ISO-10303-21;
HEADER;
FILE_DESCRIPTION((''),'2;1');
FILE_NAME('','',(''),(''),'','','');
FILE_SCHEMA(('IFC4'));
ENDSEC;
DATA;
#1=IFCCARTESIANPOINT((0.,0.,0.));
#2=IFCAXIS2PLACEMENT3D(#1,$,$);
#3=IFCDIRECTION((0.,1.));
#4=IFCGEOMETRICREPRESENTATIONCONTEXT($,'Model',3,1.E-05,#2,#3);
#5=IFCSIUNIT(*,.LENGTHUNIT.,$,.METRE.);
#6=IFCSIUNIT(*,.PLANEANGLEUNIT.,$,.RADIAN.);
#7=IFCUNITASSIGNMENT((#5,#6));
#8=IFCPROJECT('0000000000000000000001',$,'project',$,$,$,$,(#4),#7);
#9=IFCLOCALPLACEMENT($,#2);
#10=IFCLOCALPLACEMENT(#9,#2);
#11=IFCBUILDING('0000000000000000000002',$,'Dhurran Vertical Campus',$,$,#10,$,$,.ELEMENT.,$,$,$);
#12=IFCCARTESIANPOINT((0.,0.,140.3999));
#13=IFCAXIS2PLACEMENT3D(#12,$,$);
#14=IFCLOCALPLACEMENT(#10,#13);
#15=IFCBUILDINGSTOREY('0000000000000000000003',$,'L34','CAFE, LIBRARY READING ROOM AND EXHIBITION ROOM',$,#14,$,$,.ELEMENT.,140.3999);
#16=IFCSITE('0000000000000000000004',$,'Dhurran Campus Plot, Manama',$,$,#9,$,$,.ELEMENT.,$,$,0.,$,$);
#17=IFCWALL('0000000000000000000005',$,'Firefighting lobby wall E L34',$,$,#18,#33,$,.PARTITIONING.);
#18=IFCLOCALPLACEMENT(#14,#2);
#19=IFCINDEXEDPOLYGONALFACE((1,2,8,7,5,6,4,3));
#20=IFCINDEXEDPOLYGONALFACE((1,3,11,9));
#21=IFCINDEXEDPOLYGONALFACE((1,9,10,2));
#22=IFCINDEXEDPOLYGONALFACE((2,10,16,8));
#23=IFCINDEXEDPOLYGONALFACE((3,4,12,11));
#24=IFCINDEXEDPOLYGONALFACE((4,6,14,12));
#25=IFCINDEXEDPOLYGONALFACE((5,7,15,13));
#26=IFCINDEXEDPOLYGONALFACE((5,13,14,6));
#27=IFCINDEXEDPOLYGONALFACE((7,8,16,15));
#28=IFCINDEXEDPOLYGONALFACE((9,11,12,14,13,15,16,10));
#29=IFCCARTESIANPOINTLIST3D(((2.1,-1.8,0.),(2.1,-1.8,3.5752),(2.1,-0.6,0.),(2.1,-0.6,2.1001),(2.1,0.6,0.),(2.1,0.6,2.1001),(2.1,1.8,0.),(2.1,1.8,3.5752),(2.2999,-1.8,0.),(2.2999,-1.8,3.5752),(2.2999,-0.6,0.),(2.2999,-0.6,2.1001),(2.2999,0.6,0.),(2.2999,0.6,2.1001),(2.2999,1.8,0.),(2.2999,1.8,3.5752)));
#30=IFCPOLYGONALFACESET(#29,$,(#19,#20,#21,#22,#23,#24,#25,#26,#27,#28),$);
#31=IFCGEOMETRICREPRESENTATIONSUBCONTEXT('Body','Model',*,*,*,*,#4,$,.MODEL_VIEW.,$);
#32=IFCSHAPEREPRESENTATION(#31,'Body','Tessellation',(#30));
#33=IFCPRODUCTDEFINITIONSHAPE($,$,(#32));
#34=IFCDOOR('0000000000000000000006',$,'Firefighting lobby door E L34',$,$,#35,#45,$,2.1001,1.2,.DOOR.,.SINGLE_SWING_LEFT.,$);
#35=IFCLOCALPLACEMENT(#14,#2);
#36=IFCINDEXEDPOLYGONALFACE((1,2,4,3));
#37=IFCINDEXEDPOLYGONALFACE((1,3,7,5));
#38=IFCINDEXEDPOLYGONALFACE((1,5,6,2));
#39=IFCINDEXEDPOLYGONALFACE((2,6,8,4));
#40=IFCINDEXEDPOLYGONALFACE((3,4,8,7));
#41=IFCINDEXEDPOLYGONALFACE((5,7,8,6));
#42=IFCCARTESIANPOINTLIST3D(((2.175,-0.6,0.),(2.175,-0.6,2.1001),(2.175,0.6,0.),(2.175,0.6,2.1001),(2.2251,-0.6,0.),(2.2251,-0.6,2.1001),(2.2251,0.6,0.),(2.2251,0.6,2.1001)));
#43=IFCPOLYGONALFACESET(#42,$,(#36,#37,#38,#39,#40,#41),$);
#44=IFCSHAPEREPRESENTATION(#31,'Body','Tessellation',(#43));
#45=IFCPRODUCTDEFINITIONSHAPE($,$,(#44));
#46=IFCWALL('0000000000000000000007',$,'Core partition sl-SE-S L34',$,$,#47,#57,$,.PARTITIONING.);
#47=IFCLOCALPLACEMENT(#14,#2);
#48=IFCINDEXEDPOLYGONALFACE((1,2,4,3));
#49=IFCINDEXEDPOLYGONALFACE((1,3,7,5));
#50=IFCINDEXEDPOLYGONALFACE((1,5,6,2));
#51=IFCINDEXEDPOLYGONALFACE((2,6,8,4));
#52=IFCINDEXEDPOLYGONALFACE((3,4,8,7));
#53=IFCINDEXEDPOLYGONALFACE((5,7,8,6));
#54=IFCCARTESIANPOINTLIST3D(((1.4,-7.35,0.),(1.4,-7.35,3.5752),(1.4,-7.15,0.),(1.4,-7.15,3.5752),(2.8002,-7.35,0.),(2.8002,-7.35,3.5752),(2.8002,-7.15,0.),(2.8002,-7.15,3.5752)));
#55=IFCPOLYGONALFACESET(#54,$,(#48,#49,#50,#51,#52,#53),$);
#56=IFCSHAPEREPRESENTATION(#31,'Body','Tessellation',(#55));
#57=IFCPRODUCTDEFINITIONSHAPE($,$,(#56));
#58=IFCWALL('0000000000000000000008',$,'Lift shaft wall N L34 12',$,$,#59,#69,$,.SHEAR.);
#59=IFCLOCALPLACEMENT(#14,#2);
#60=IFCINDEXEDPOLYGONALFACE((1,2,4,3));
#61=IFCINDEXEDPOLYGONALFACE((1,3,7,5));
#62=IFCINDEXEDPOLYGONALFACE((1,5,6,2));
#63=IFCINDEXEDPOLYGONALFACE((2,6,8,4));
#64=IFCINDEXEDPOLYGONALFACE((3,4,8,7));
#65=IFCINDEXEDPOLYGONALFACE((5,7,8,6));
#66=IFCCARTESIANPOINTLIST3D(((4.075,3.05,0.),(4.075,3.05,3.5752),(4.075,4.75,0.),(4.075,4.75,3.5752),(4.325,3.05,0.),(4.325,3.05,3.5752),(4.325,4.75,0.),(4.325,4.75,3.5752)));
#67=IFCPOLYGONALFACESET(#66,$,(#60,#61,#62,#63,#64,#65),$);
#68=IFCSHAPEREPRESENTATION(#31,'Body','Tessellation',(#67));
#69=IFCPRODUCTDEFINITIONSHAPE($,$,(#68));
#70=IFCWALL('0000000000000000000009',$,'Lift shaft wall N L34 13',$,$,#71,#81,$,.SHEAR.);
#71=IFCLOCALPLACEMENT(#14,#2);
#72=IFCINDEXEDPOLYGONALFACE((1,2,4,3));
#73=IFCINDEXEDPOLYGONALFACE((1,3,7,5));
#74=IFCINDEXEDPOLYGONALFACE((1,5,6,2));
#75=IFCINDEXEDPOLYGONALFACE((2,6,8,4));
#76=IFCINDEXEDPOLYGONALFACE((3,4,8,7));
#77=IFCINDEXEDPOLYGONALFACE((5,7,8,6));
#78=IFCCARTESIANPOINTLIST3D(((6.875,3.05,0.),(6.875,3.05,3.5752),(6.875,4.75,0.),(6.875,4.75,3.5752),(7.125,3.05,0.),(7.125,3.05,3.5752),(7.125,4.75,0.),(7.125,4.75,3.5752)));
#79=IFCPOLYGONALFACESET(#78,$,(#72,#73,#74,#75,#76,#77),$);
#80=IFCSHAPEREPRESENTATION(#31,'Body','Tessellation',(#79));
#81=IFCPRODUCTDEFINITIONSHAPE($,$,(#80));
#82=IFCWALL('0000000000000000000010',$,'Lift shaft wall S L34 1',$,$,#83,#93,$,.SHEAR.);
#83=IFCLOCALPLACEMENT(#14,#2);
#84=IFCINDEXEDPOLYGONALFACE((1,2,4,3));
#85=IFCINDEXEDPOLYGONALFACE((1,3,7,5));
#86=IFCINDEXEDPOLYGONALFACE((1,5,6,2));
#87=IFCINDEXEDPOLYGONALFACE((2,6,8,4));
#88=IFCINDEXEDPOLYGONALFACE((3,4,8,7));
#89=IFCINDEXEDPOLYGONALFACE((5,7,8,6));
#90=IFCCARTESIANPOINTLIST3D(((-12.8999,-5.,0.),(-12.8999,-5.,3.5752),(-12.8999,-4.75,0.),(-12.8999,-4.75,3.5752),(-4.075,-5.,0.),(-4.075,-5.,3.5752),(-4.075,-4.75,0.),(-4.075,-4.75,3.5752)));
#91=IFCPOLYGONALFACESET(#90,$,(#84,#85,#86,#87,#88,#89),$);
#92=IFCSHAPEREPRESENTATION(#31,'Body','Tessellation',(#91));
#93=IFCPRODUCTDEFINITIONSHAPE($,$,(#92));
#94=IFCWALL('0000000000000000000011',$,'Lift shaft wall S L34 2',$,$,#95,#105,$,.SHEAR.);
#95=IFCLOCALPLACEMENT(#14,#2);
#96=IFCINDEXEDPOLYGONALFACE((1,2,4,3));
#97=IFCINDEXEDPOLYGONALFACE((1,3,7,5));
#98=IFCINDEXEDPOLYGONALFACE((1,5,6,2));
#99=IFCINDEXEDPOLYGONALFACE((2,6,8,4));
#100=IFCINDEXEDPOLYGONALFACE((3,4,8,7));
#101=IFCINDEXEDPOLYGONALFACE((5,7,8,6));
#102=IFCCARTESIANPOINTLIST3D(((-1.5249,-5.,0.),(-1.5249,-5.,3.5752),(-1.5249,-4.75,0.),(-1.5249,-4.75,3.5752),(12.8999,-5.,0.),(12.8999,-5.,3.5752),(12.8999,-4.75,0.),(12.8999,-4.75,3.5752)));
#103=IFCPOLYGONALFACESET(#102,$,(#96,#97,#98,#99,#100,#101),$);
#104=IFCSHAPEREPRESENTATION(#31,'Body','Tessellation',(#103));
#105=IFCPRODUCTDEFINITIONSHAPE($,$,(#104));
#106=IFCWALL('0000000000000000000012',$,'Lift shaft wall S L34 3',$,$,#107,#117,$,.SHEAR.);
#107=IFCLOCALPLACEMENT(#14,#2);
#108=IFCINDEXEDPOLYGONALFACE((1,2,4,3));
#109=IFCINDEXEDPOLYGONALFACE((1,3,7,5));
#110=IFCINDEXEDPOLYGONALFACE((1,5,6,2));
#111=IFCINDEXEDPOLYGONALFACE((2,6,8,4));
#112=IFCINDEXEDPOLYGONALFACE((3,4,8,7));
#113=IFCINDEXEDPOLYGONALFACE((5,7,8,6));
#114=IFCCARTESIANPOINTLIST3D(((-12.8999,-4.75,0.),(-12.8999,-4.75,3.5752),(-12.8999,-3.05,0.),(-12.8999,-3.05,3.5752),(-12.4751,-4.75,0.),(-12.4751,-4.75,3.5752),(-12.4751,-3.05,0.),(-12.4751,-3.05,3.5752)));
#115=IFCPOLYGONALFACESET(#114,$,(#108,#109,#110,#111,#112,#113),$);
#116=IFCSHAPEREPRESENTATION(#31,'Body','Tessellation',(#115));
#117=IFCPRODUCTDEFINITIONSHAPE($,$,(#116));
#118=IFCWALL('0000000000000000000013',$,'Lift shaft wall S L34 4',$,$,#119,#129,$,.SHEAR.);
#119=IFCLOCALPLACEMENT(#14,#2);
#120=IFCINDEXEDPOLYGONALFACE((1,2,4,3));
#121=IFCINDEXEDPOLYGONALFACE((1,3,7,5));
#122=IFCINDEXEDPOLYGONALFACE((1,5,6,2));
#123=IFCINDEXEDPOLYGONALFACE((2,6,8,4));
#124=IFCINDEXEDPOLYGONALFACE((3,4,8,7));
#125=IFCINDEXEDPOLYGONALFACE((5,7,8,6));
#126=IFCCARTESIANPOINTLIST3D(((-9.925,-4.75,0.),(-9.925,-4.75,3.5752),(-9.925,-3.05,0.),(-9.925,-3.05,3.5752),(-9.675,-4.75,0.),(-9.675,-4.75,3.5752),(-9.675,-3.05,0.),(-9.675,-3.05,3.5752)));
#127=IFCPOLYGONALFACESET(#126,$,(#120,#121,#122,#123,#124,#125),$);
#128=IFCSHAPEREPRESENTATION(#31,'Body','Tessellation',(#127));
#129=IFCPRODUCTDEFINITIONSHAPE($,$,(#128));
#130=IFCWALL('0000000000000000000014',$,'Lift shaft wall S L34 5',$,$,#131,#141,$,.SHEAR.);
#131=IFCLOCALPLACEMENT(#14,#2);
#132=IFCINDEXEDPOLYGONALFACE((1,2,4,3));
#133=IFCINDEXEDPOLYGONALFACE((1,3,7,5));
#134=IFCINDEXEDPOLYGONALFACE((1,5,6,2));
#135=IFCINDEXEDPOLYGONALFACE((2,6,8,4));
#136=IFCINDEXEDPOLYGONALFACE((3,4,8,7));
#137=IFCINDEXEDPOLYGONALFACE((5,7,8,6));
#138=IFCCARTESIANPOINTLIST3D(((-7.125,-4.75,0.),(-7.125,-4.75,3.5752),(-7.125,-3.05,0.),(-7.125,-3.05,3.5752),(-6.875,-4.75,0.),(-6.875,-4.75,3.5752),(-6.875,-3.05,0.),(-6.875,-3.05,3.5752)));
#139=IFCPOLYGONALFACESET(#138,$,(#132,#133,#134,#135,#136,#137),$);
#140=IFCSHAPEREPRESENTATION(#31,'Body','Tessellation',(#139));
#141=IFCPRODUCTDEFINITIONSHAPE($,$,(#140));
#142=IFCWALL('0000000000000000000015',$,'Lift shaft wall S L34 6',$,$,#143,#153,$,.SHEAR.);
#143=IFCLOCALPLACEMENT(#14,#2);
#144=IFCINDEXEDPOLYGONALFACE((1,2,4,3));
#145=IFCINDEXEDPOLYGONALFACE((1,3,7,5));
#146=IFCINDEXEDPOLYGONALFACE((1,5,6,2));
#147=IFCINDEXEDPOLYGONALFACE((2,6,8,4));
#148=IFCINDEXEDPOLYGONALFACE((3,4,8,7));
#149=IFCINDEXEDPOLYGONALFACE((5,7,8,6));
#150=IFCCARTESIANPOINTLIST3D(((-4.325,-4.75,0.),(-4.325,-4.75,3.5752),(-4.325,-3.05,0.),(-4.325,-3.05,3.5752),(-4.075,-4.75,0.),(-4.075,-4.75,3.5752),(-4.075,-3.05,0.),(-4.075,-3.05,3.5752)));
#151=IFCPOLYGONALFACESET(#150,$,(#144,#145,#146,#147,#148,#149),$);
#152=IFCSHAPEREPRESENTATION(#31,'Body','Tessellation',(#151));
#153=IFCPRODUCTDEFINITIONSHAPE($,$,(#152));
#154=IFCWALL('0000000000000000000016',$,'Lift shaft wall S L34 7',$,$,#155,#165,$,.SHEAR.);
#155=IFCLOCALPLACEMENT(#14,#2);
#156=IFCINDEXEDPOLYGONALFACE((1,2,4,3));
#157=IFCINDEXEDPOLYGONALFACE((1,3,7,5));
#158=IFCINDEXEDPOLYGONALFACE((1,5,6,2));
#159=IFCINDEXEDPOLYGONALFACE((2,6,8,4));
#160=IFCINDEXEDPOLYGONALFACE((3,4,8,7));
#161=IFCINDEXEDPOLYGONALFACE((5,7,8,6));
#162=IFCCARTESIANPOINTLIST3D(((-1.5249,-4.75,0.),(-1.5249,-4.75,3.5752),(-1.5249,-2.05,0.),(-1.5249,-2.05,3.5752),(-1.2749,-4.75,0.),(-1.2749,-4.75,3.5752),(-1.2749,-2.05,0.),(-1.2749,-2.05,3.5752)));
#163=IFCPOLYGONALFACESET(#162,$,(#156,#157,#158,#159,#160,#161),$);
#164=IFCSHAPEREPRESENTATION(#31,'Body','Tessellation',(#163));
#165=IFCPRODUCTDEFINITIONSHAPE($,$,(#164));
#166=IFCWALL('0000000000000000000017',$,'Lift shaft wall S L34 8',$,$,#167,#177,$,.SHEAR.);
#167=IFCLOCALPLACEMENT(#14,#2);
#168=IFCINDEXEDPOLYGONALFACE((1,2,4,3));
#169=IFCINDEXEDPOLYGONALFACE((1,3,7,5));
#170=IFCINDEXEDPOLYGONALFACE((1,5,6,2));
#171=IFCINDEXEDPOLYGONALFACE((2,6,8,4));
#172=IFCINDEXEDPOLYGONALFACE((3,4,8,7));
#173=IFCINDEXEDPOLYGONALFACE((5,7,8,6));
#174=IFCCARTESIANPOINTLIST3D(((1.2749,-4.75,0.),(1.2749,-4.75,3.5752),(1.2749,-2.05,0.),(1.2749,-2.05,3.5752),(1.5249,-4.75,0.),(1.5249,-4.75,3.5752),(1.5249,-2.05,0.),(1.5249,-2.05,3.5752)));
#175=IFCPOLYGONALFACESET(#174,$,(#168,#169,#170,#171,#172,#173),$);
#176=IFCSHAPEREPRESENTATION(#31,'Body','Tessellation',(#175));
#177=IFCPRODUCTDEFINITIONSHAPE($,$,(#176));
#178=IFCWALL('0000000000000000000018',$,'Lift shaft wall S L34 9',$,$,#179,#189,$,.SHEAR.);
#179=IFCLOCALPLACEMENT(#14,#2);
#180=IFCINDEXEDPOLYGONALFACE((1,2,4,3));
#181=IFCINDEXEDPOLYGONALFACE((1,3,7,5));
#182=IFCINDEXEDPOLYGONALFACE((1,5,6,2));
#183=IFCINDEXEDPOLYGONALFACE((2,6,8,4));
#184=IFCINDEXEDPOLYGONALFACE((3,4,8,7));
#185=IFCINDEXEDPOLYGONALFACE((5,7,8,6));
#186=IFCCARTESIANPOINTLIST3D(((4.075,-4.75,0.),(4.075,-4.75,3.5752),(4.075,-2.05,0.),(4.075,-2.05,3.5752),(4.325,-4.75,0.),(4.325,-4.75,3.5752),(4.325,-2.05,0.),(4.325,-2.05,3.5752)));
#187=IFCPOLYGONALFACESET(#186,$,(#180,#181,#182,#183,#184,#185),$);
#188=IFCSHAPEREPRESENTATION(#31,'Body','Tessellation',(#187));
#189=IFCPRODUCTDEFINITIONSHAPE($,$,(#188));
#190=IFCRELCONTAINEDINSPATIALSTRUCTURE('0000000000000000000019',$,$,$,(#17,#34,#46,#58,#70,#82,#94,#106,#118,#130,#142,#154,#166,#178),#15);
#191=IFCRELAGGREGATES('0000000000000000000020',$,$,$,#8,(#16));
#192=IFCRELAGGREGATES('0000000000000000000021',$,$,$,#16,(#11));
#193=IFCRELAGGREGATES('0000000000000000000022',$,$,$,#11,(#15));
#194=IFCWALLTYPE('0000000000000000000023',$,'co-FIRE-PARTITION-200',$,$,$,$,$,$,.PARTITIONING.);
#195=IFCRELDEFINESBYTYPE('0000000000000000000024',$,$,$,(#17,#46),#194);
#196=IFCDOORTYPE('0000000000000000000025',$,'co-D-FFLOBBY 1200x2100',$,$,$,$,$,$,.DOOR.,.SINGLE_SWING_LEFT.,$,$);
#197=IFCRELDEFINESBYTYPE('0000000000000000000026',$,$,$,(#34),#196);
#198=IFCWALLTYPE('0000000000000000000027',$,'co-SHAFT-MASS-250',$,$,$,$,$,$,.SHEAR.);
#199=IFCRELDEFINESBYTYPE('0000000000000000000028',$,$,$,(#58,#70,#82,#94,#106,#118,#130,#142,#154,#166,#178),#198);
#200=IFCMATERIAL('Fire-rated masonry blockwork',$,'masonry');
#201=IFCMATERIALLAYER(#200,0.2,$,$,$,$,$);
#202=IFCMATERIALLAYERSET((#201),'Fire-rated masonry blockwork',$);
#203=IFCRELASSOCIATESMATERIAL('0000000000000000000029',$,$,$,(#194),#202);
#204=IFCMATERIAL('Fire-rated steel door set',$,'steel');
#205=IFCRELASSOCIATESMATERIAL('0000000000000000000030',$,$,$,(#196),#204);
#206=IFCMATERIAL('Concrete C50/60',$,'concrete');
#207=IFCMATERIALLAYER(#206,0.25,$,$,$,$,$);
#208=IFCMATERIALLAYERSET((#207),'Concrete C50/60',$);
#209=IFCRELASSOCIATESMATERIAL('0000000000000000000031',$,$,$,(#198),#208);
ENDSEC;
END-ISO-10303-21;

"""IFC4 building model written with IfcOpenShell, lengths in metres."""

from ifc_helpers import new_model, si_unit, direction, frame, frame_2d, origin, place, context, subcontext, project, spatial, polyline, rectangle, outline, extrude, material, layer, layer_set, type_object, element, fill, save


model = new_model("IFC4")

# Units and contexts
model_context = context("Model", 3, precision=1e-05, world=origin(), true_north=direction((0.0, 1.0)))
body_context = subcontext(model_context, "Body", "Model", "MODEL_VIEW")
ifc_project = project(units=[si_unit("LENGTHUNIT", "METRE"), si_unit("PLANEANGLEUNIT", "RADIAN")], contexts=[model_context])

# Site, building, storey
site_placement = place(None, origin())
site = spatial("IfcSite", under=ifc_project, at=site_placement, Name="Dhurran Campus Plot, Manama", CompositionType="ELEMENT", RefElevation=0.0)
building_placement = place(site_placement, origin())
building = spatial("IfcBuilding", under=site, at=building_placement, Name="Dhurran Vertical Campus", CompositionType="ELEMENT")
storey_placement = place(building_placement, frame((0.0, 0.0, 140.3999)))
storey = spatial("IfcBuildingStorey", under=building, at=storey_placement, Name="L34", Description="CAFE, LIBRARY READING ROOM AND EXHIBITION ROOM", CompositionType="ELEMENT", Elevation=140.3999)

# Wall, opening, door
ifc_material_1 = material(Name="Fire-rated masonry blockwork", Category="masonry")
ifc_layer_1 = layer(ifc_material_1, 0.2)
ifc_layer_set_1 = layer_set([ifc_layer_1], Name="Fire-rated masonry blockwork")
wall_type_1 = type_object("IfcWallType", Name="co-FIRE-PARTITION-200", PredefinedType="PARTITIONING", material=ifc_layer_set_1)
wall_1_placement = place(storey_placement, frame((2.2, -1.8, 0.0), z_axis=(0.0, 0.0, 1.0), x_axis=(0.0, 1.0, 0.0)))
wall_1 = element("IfcWall", 1, at=wall_1_placement, inside=storey, type_object=wall_type_1, Name="Firefighting lobby wall E L34", PredefinedType="PARTITIONING", context=body_context, shape_type="SweptSolid", body=[
    extrude(rectangle(XDim=3.6001, YDim=0.2, at=frame_2d((1.8, 0.0))), origin(), (0.0, 0.0, 1.0), 3.5752),
])
opening_1_placement = place(wall_1_placement, frame((1.2, 0.0, 0.0)))
opening_1 = element("IfcOpeningElement", 2, at=opening_1_placement, cuts=wall_1, PredefinedType="OPENING", context=body_context, shape_type="SweptSolid", body=[
    extrude(rectangle(XDim=1.2, YDim=2.1001, at=frame_2d((0.6001, 1.05))), frame((0.0, 0.1099, 0.0), z_axis=(0.0, -1.0, 0.0), x_axis=(1.0, 0.0, 0.0)), (0.0, 0.0, 1.0), 0.22),
])
ifc_material_2 = material(Name="Fire-rated steel door set", Category="steel")
door_type_1 = type_object("IfcDoorType", Name="co-D-FFLOBBY 1200x2100", OperationType="SINGLE_SWING_LEFT", PredefinedType="DOOR", material=ifc_material_2)
door_1_placement = place(opening_1_placement, origin())
door_1 = element("IfcDoor", 3, at=door_1_placement, inside=storey, type_object=door_type_1, Name="Firefighting lobby door E L34", OperationType="SINGLE_SWING_LEFT", OverallHeight=2.1001, OverallWidth=1.2, PredefinedType="DOOR", context=body_context, shape_type="SweptSolid", body=[
    extrude(rectangle(XDim=1.2, YDim=2.1001, at=frame_2d((0.6001, 1.05))), frame((0.0, 0.0249, 0.0), z_axis=(0.0, -1.0, 0.0), x_axis=(1.0, 0.0, 0.0)), (0.0, 0.0, 1.0), 0.05),
])
fill(opening_1, door_1)

# Walls
wall_2_placement = place(storey_placement, frame((1.3999, -7.25, 0.0), z_axis=(0.0, 0.0, 1.0), x_axis=(1.0, 0.0, 0.0)))
element("IfcWall", 4, at=wall_2_placement, inside=storey, type_object=wall_type_1, Name="Core partition sl-SE-S L34", PredefinedType="PARTITIONING", context=body_context, shape_type="SweptSolid", body=[
    extrude(rectangle(XDim=1.4001, YDim=0.2, at=frame_2d((0.7002, 0.0))), origin(), (0.0, 0.0, 1.0), 3.5752),
])
ifc_material_3 = material(Name="Concrete C50/60", Category="concrete")
ifc_layer_2 = layer(ifc_material_3, 0.25)
ifc_layer_set_2 = layer_set([ifc_layer_2], Name="Concrete C50/60")
wall_type_2 = type_object("IfcWallType", Name="co-SHAFT-MASS-250", PredefinedType="SHEAR", material=ifc_layer_set_2)
wall_3_placement = place(storey_placement, origin())
element("IfcWall", 5, at=wall_3_placement, inside=storey, type_object=wall_type_2, Name="Lift shaft wall N L34 12", PredefinedType="SHEAR", context=body_context, shape_type="SweptSolid", body=[
    extrude(outline(polyline([(4.075, 3.05), (4.325, 3.05), (4.325, 4.75), (4.075, 4.75), (4.075, 3.05)])), origin(), (0.0, 0.0, 1.0), 3.5752),
])
wall_4_placement = place(storey_placement, origin())
element("IfcWall", 6, at=wall_4_placement, inside=storey, type_object=wall_type_2, Name="Lift shaft wall N L34 13", PredefinedType="SHEAR", context=body_context, shape_type="SweptSolid", body=[
    extrude(outline(polyline([(6.875, 3.05), (7.125, 3.05), (7.125, 4.75), (6.875, 4.75), (6.875, 3.05)])), origin(), (0.0, 0.0, 1.0), 3.5752),
])
wall_5_placement = place(storey_placement, origin())
element("IfcWall", 7, at=wall_5_placement, inside=storey, type_object=wall_type_2, Name="Lift shaft wall S L34 1", PredefinedType="SHEAR", context=body_context, shape_type="SweptSolid", body=[
    extrude(outline(polyline([(-12.8999, -5.0), (-4.075, -5.0), (-4.075, -4.75), (-12.8999, -4.75), (-12.8999, -5.0)])), origin(), (0.0, 0.0, 1.0), 3.5752),
])
wall_6_placement = place(storey_placement, origin())
element("IfcWall", 8, at=wall_6_placement, inside=storey, type_object=wall_type_2, Name="Lift shaft wall S L34 2", PredefinedType="SHEAR", context=body_context, shape_type="SweptSolid", body=[
    extrude(outline(polyline([(-1.5249, -5.0), (12.8999, -5.0), (12.8999, -4.75), (-1.5249, -4.75), (-1.5249, -5.0)])), origin(), (0.0, 0.0, 1.0), 3.5752),
])
wall_7_placement = place(storey_placement, origin())
element("IfcWall", 9, at=wall_7_placement, inside=storey, type_object=wall_type_2, Name="Lift shaft wall S L34 3", PredefinedType="SHEAR", context=body_context, shape_type="SweptSolid", body=[
    extrude(outline(polyline([(-12.8999, -4.75), (-12.4751, -4.75), (-12.4751, -3.05), (-12.8999, -3.05), (-12.8999, -4.75)])), origin(), (0.0, 0.0, 1.0), 3.5752),
])
wall_8_placement = place(storey_placement, origin())
element("IfcWall", 10, at=wall_8_placement, inside=storey, type_object=wall_type_2, Name="Lift shaft wall S L34 4", PredefinedType="SHEAR", context=body_context, shape_type="SweptSolid", body=[
    extrude(outline(polyline([(-9.925, -4.75), (-9.675, -4.75), (-9.675, -3.05), (-9.925, -3.05), (-9.925, -4.75)])), origin(), (0.0, 0.0, 1.0), 3.5752),
])
wall_9_placement = place(storey_placement, origin())
element("IfcWall", 11, at=wall_9_placement, inside=storey, type_object=wall_type_2, Name="Lift shaft wall S L34 5", PredefinedType="SHEAR", context=body_context, shape_type="SweptSolid", body=[
    extrude(outline(polyline([(-7.125, -4.75), (-6.875, -4.75), (-6.875, -3.05), (-7.125, -3.05), (-7.125, -4.75)])), origin(), (0.0, 0.0, 1.0), 3.5752),
])
wall_10_placement = place(storey_placement, origin())
element("IfcWall", 12, at=wall_10_placement, inside=storey, type_object=wall_type_2, Name="Lift shaft wall S L34 6", PredefinedType="SHEAR", context=body_context, shape_type="SweptSolid", body=[
    extrude(outline(polyline([(-4.325, -4.75), (-4.075, -4.75), (-4.075, -3.05), (-4.325, -3.05), (-4.325, -4.75)])), origin(), (0.0, 0.0, 1.0), 3.5752),
])
wall_11_placement = place(storey_placement, origin())
element("IfcWall", 13, at=wall_11_placement, inside=storey, type_object=wall_type_2, Name="Lift shaft wall S L34 7", PredefinedType="SHEAR", context=body_context, shape_type="SweptSolid", body=[
    extrude(outline(polyline([(-1.5249, -4.75), (-1.2749, -4.75), (-1.2749, -2.05), (-1.5249, -2.05), (-1.5249, -4.75)])), origin(), (0.0, 0.0, 1.0), 3.5752),
])
wall_12_placement = place(storey_placement, origin())
element("IfcWall", 14, at=wall_12_placement, inside=storey, type_object=wall_type_2, Name="Lift shaft wall S L34 8", PredefinedType="SHEAR", context=body_context, shape_type="SweptSolid", body=[
    extrude(outline(polyline([(1.2749, -4.75), (1.5249, -4.75), (1.5249, -2.05), (1.2749, -2.05), (1.2749, -4.75)])), origin(), (0.0, 0.0, 1.0), 3.5752),
])
wall_13_placement = place(storey_placement, origin())
element("IfcWall", 15, at=wall_13_placement, inside=storey, type_object=wall_type_2, Name="Lift shaft wall S L34 9", PredefinedType="SHEAR", context=body_context, shape_type="SweptSolid", body=[
    extrude(outline(polyline([(4.075, -4.75), (4.325, -4.75), (4.325, -2.05), (4.075, -2.05), (4.075, -4.75)])), origin(), (0.0, 0.0, 1.0), 3.5752),
])

save(model, "model.ifc")
